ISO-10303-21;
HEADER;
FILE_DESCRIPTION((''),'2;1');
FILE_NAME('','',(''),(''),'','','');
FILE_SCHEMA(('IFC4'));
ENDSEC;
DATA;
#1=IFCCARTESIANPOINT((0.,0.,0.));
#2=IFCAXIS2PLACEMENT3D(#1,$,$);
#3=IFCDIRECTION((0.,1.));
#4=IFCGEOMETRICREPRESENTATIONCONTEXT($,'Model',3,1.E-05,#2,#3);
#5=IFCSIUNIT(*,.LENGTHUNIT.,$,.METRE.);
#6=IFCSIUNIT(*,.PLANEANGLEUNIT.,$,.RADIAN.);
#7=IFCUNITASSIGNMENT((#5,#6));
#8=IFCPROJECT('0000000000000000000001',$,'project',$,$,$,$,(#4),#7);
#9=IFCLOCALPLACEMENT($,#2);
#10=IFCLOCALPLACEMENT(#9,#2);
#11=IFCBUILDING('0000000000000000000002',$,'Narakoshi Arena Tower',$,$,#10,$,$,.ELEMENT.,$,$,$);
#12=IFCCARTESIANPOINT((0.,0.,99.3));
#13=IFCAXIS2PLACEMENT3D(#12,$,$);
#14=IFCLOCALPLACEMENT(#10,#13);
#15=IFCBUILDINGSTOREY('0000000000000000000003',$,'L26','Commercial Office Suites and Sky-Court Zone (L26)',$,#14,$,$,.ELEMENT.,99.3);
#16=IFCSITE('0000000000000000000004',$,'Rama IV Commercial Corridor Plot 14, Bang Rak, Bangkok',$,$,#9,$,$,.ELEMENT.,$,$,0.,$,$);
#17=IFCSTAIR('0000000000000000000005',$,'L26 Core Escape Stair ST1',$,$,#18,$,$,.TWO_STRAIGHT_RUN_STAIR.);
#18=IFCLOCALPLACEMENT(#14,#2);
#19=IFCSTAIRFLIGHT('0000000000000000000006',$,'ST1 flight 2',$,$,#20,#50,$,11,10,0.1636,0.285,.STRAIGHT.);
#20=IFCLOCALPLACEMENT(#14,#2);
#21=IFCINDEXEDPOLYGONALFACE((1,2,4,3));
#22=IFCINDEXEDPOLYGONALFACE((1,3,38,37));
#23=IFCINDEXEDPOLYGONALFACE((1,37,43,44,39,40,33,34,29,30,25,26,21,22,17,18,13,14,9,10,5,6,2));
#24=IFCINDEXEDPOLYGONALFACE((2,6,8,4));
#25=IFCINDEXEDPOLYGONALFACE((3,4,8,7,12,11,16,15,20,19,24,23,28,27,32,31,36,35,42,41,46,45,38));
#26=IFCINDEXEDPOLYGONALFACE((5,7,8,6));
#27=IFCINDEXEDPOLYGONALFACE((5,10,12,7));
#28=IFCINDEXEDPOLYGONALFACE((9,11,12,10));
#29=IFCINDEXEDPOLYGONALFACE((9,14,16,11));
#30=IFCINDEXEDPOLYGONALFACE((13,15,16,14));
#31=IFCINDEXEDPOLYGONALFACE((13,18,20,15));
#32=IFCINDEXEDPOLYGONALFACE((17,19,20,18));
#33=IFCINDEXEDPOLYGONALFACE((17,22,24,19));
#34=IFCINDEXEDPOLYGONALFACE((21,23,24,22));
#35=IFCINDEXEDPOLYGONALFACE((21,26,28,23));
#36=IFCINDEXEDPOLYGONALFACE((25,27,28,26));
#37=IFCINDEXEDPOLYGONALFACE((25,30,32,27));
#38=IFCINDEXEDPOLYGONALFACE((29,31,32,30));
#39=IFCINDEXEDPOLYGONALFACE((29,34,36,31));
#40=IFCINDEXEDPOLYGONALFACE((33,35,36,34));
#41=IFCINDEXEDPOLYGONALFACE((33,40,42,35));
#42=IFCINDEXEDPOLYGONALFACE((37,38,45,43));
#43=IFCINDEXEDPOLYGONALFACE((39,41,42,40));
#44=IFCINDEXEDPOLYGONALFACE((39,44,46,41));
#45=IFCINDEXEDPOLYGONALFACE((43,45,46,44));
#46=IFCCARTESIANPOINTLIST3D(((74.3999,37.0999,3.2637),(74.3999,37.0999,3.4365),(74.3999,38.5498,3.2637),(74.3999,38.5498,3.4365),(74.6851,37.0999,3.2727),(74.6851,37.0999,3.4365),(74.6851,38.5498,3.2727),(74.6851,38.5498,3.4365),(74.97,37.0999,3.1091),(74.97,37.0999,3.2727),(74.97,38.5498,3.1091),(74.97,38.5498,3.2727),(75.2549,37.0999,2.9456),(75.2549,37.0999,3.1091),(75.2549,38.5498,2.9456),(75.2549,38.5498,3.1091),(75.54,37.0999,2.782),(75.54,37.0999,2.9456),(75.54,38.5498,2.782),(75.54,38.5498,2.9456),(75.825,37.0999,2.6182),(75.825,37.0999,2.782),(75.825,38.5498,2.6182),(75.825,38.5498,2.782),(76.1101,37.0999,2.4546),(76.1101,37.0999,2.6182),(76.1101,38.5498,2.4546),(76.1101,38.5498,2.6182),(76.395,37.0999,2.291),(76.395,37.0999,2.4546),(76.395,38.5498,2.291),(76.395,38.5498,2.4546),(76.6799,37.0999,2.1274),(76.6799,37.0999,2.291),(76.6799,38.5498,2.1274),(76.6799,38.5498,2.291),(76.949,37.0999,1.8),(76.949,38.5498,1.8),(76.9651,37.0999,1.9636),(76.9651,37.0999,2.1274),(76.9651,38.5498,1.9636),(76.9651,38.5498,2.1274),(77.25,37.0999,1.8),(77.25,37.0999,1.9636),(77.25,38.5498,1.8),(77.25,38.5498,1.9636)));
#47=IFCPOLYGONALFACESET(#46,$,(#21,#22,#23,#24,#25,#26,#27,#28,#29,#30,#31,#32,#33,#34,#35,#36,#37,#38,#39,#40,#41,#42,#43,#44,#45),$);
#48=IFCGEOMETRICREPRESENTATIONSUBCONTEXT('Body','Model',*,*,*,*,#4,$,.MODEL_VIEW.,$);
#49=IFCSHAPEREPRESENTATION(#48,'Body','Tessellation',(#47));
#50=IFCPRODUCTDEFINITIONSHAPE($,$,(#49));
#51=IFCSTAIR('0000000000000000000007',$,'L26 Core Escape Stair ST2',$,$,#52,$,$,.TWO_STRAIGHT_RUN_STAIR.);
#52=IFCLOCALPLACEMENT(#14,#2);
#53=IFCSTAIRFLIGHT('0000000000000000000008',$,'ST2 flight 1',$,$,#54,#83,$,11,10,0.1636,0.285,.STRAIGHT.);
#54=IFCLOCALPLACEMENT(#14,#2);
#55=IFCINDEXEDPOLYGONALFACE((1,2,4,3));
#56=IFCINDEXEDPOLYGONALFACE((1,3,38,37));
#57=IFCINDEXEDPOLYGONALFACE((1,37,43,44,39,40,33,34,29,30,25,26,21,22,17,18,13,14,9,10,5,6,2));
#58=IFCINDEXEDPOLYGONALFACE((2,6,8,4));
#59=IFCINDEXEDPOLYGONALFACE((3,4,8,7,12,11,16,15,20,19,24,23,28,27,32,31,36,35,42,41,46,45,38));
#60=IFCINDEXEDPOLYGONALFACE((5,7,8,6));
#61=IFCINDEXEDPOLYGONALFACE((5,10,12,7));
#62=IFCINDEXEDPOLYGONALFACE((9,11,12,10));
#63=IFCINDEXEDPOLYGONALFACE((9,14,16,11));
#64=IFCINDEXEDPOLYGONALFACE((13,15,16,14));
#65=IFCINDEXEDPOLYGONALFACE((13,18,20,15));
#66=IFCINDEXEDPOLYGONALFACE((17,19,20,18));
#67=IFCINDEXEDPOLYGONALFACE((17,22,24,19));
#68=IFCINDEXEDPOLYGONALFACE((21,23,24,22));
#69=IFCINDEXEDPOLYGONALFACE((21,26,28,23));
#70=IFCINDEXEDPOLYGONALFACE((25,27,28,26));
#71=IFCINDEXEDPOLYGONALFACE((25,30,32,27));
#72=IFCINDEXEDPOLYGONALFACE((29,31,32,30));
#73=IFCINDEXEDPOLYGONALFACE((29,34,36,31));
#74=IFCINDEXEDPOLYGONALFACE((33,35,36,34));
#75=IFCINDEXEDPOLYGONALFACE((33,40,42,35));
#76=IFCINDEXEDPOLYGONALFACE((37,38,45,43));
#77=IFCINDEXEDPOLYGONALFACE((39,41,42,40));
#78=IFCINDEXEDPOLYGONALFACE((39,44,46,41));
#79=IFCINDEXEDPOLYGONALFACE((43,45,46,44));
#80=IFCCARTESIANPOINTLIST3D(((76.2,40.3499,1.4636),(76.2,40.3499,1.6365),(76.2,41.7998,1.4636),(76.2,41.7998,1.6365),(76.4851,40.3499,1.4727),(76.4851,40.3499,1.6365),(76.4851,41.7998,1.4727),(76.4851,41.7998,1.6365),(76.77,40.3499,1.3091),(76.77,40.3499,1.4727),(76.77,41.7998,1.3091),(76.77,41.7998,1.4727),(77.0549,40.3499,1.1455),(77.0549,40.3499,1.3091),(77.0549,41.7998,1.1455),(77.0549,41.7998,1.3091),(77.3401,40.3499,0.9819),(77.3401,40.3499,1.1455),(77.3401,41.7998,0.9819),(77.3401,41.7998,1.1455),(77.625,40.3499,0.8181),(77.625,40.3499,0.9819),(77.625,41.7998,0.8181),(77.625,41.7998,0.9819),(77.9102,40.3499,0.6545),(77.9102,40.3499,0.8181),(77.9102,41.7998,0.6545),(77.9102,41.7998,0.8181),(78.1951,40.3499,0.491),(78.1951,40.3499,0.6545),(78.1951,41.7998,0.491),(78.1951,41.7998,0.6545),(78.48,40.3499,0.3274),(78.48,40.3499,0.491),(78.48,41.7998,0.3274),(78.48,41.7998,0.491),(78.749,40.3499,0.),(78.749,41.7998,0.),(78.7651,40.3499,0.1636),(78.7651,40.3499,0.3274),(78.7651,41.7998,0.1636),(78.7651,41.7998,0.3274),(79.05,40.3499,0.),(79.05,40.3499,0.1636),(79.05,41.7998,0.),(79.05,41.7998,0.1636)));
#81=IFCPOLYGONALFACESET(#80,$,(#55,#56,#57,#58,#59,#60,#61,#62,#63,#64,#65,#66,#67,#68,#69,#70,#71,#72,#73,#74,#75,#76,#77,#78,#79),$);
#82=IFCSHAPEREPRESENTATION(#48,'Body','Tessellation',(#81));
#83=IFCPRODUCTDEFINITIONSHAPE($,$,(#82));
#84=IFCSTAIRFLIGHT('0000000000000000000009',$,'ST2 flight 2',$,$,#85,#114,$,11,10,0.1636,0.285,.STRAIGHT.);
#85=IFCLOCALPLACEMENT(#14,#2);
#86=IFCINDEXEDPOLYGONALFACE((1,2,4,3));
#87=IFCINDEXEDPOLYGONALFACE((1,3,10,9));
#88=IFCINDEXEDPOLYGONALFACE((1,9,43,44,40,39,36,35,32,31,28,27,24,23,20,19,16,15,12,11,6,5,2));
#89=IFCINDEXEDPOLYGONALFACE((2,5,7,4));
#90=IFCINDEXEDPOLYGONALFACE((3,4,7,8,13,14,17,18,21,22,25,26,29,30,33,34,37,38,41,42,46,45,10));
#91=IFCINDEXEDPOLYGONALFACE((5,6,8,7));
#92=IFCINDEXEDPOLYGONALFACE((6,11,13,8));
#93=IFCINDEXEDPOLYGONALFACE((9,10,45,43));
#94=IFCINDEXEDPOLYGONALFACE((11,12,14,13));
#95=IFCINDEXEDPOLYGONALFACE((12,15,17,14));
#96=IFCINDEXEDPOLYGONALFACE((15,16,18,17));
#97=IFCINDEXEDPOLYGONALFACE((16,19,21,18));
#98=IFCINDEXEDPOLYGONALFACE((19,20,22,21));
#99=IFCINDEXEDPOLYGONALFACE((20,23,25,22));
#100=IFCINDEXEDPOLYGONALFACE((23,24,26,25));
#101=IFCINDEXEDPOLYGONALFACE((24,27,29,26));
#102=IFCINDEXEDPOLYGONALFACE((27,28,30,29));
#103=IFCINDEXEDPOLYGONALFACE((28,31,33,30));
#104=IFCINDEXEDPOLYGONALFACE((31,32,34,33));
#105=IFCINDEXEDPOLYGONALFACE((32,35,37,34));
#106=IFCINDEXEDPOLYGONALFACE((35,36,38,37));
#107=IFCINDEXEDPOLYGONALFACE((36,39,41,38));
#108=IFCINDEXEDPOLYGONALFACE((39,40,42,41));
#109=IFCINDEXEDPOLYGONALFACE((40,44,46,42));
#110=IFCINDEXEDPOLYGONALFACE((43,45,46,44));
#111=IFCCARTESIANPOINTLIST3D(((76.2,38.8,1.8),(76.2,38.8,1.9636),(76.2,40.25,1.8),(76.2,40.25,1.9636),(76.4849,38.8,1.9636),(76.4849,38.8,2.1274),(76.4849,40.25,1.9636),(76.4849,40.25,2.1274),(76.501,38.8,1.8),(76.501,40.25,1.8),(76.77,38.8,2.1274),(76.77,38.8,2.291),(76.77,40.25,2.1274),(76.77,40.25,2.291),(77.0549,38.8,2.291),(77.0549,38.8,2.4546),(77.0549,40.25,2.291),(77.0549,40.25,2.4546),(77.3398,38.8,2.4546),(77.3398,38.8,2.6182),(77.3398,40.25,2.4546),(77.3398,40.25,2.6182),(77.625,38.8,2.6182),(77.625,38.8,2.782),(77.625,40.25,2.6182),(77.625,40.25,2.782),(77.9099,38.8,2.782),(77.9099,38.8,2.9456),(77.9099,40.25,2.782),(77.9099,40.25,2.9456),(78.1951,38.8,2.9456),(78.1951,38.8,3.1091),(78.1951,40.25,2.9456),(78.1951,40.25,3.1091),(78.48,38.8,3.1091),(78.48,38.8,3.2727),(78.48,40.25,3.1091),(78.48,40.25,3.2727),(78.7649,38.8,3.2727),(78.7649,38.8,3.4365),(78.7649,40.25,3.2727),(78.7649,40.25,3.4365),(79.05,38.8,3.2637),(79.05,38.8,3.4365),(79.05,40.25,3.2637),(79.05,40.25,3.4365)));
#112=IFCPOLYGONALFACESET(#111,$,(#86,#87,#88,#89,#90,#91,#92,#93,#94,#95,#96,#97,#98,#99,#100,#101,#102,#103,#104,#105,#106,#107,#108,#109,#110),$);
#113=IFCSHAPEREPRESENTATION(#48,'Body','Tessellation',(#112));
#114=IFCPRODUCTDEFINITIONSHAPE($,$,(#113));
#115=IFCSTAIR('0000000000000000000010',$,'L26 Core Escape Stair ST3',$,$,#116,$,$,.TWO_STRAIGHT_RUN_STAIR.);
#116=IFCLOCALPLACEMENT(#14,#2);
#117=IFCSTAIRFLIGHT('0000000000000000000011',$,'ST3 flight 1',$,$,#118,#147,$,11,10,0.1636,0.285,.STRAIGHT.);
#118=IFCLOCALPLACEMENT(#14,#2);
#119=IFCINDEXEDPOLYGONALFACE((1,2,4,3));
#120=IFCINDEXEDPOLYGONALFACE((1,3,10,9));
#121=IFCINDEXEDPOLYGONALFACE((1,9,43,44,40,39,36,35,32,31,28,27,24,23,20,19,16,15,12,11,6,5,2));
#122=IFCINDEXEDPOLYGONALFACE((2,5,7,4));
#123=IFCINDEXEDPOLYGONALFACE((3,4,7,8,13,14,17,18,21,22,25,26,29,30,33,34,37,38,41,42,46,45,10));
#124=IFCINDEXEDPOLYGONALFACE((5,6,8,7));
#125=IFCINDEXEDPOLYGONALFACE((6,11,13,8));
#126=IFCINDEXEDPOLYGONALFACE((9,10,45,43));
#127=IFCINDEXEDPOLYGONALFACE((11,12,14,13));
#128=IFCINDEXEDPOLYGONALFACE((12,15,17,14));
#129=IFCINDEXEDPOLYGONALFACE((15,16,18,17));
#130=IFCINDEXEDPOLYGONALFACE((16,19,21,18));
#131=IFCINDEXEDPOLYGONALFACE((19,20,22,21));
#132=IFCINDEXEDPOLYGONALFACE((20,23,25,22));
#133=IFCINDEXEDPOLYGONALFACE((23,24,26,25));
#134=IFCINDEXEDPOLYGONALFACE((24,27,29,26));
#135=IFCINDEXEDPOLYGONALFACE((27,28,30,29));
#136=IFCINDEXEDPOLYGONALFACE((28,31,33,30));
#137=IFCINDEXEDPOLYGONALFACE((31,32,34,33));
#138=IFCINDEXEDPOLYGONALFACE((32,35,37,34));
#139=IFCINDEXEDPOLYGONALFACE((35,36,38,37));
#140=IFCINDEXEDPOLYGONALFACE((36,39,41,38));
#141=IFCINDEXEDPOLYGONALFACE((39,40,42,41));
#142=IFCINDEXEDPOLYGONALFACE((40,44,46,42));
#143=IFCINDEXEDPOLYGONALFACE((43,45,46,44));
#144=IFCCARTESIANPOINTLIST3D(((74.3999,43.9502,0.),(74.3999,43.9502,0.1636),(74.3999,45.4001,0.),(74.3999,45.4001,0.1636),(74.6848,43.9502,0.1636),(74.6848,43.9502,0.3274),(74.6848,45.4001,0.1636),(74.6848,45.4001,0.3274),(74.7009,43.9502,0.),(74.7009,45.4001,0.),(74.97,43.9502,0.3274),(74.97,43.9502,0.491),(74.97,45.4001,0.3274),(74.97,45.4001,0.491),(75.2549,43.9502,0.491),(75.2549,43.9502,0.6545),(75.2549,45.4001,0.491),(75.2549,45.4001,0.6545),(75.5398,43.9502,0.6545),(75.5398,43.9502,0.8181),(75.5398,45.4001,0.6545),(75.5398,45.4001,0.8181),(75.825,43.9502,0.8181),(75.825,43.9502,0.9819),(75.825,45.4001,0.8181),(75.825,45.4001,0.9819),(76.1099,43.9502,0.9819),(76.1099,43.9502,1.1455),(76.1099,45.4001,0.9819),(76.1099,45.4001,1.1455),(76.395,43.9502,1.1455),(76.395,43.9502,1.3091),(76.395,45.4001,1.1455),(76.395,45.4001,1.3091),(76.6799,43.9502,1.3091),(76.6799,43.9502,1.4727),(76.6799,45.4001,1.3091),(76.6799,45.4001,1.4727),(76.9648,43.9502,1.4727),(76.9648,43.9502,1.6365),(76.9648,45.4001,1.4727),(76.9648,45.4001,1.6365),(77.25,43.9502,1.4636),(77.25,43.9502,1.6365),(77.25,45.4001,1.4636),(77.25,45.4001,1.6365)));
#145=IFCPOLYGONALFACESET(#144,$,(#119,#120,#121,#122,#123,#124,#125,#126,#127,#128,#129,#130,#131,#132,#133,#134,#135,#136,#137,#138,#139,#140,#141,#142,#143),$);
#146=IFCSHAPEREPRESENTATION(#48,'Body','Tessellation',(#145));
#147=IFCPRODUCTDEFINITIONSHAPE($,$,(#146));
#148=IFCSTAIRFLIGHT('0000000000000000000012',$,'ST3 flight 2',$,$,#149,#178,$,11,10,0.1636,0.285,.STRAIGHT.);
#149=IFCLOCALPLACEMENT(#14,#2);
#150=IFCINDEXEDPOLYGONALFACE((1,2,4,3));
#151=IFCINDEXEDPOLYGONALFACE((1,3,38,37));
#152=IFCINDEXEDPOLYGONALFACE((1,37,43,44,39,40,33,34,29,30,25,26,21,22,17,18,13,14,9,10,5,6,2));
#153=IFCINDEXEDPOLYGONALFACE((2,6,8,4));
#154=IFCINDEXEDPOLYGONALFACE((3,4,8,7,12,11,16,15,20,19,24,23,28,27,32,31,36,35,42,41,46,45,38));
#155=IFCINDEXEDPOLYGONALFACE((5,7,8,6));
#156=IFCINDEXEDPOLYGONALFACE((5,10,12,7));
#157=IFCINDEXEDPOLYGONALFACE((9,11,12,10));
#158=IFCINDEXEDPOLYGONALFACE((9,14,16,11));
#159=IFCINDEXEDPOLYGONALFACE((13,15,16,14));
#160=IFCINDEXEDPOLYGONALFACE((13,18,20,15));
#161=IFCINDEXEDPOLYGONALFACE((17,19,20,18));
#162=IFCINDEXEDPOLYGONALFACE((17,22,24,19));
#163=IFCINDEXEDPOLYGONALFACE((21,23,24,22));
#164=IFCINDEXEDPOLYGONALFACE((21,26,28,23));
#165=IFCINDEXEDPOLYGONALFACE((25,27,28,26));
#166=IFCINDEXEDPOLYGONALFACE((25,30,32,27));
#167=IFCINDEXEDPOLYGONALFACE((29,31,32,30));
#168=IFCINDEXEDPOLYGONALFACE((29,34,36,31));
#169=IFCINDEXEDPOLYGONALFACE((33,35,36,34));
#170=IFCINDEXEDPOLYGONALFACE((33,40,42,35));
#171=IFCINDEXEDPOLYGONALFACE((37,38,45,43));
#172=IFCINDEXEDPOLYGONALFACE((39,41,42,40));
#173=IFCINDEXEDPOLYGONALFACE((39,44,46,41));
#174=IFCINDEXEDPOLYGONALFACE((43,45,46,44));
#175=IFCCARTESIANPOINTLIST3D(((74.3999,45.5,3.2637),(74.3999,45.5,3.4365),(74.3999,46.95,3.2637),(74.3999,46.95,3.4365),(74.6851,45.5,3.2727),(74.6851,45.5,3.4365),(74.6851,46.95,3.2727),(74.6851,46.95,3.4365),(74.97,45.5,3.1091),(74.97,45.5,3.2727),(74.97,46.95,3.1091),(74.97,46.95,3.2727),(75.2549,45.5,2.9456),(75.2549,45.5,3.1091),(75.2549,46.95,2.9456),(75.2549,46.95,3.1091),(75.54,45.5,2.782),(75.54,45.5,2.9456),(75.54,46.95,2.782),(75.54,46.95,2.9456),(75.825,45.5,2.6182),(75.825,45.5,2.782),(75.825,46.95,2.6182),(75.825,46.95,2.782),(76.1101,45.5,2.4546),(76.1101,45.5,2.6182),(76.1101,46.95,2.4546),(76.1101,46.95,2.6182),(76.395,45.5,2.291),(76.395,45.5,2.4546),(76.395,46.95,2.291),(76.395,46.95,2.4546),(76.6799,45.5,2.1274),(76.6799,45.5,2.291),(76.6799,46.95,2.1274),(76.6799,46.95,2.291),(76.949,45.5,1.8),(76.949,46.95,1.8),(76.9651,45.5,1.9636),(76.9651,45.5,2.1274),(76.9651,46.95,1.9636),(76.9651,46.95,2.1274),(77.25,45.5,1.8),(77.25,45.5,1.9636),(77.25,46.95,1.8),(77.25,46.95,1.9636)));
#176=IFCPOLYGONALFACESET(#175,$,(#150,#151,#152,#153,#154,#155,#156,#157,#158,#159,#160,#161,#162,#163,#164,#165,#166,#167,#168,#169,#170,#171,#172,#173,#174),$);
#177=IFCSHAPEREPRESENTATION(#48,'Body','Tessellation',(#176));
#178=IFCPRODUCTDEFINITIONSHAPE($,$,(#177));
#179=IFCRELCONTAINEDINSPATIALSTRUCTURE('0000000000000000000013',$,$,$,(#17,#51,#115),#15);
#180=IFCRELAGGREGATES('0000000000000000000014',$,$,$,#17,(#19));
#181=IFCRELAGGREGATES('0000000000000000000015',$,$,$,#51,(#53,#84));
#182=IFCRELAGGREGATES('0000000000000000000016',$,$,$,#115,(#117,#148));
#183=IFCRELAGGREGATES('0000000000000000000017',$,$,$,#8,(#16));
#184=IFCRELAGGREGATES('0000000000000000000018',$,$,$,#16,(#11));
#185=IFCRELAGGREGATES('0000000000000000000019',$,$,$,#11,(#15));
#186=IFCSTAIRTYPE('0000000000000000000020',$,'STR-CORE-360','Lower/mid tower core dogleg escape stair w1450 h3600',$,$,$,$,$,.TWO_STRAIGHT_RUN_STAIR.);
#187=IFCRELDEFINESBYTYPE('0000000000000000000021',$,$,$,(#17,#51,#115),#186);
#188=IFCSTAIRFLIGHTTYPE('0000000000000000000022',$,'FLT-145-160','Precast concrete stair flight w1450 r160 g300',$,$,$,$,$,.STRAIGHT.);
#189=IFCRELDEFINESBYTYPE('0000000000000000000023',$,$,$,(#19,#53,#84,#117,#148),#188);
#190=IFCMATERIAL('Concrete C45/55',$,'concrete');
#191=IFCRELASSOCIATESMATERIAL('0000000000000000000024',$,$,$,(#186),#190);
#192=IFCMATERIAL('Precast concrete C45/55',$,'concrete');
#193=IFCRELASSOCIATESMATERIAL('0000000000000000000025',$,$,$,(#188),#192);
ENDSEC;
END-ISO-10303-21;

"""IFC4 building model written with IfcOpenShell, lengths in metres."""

from ifc_helpers import new_model, si_unit, direction, frame, origin, place, context, subcontext, project, spatial, polyline, outline, extrude, material, type_object, element, aggregate, save


model = new_model("IFC4")

# Units and contexts
model_context = context("Model", 3, precision=1e-05, world=origin(), true_north=direction((0.0, 1.0)))
body_context = subcontext(model_context, "Body", "Model", "MODEL_VIEW")
ifc_project = project(units=[si_unit("LENGTHUNIT", "METRE"), si_unit("PLANEANGLEUNIT", "RADIAN")], contexts=[model_context])

# Site, building, storey
site_placement = place(None, origin())
site = spatial("IfcSite", under=ifc_project, at=site_placement, Name="Rama IV Commercial Corridor Plot 14, Bang Rak, Bangkok", CompositionType="ELEMENT", RefElevation=0.0)
building_placement = place(site_placement, origin())
building = spatial("IfcBuilding", under=site, at=building_placement, Name="Narakoshi Arena Tower", CompositionType="ELEMENT")
storey_placement = place(building_placement, frame((0.0, 0.0, 99.3)))
storey = spatial("IfcBuildingStorey", under=building, at=storey_placement, Name="L26", Description="Commercial Office Suites and Sky-Court Zone (L26)", CompositionType="ELEMENT", Elevation=99.3)

# Stairs, stair flights
ifc_material_1 = material(Name="Concrete C45/55", Category="concrete")
stair_type = type_object("IfcStairType", Name="STR-CORE-360", Description="Lower/mid tower core dogleg escape stair w1450 h3600", PredefinedType="TWO_STRAIGHT_RUN_STAIR", material=ifc_material_1)
stair_1_placement = place(storey_placement, origin())
stair_1 = element("IfcStair", 1, at=stair_1_placement, inside=storey, type_object=stair_type, Name="L26 Core Escape Stair ST1", PredefinedType="TWO_STRAIGHT_RUN_STAIR")
ifc_material_2 = material(Name="Precast concrete C45/55", Category="concrete")
stair_flight_type = type_object("IfcStairFlightType", Name="FLT-145-160", Description="Precast concrete stair flight w1450 r160 g300", PredefinedType="STRAIGHT", material=ifc_material_2)
stair_flight_1_placement = place(storey_placement, frame((77.25, 37.825, 1.8), z_axis=(0.0, 0.0, 1.0), x_axis=(-1.0, 0.0, 0.0)))
stair_flight_1 = element("IfcStairFlight", 2, at=stair_flight_1_placement, type_object=stair_flight_type, Name="ST1 flight 2", NumberOfRisers=11, NumberOfTreads=10, PredefinedType="STRAIGHT", RiserHeight=0.1636, TreadLength=0.285, context=body_context, shape_type="SweptSolid", body=[
    extrude(outline(polyline([(0.0, 0.0), (0.0, 0.1636), (0.2849, 0.1636), (0.2849, 0.3274), (0.5701, 0.3274), (0.5701, 0.491), (0.855, 0.491), (0.855, 0.6545), (1.1399, 0.6545), (1.1399, 0.8181), (1.425, 0.8181), (1.425, 0.9819), (1.71, 0.9819), (1.71, 1.1455), (1.9951, 1.1455), (1.9951, 1.3091), (2.28, 1.3091), (2.28, 1.4727), (2.5649, 1.4727), (2.5649, 1.6365), (2.8501, 1.6365), (2.8501, 1.8), (2.8501, 1.4636), (0.301, 0.0), (0.0, 0.0)])), frame((0.0, 0.7251, 0.0), z_axis=(0.0, -1.0, 0.0), x_axis=(1.0, 0.0, 0.0)), (0.0, 0.0, 1.0), 1.45),
])
aggregate(stair_1, [stair_flight_1])
stair_2_placement = place(storey_placement, origin())
stair_2 = element("IfcStair", 3, at=stair_2_placement, inside=storey, type_object=stair_type, Name="L26 Core Escape Stair ST2", PredefinedType="TWO_STRAIGHT_RUN_STAIR")
stair_flight_2_placement = place(storey_placement, frame((79.05, 41.075, 0.0), z_axis=(0.0, 0.0, 1.0), x_axis=(-1.0, 0.0, 0.0)))
stair_flight_2 = element("IfcStairFlight", 4, at=stair_flight_2_placement, type_object=stair_flight_type, Name="ST2 flight 1", NumberOfRisers=11, NumberOfTreads=10, PredefinedType="STRAIGHT", RiserHeight=0.1636, TreadLength=0.285, context=body_context, shape_type="SweptSolid", body=[
    extrude(outline(polyline([(0.0, 0.0), (0.0, 0.1636), (0.2849, 0.1636), (0.2849, 0.3274), (0.5701, 0.3274), (0.5701, 0.491), (0.855, 0.491), (0.855, 0.6545), (1.1399, 0.6545), (1.1399, 0.8181), (1.425, 0.8181), (1.425, 0.9819), (1.71, 0.9819), (1.71, 1.1455), (1.9951, 1.1455), (1.9951, 1.3091), (2.28, 1.3091), (2.28, 1.4727), (2.5649, 1.4727), (2.5649, 1.6365), (2.8501, 1.6365), (2.8501, 1.8), (2.8501, 1.4636), (0.301, 0.0), (0.0, 0.0)])), frame((0.0, 0.7251, 0.0), z_axis=(0.0, -1.0, 0.0), x_axis=(1.0, 0.0, 0.0)), (0.0, 0.0, 1.0), 1.45),
])
stair_flight_3_placement = place(storey_placement, frame((76.2, 39.5249, 1.8), z_axis=(0.0, 0.0, 1.0), x_axis=(1.0, 0.0, 0.0)))
stair_flight_3 = element("IfcStairFlight", 5, at=stair_flight_3_placement, type_object=stair_flight_type, Name="ST2 flight 2", NumberOfRisers=11, NumberOfTreads=10, PredefinedType="STRAIGHT", RiserHeight=0.1636, TreadLength=0.285, context=body_context, shape_type="SweptSolid", body=[
    extrude(outline(polyline([(0.0, 0.0), (0.0, 0.1636), (0.2849, 0.1636), (0.2849, 0.3274), (0.5701, 0.3274), (0.5701, 0.491), (0.855, 0.491), (0.855, 0.6545), (1.1399, 0.6545), (1.1399, 0.8181), (1.425, 0.8181), (1.425, 0.9819), (1.71, 0.9819), (1.71, 1.1455), (1.9951, 1.1455), (1.9951, 1.3091), (2.28, 1.3091), (2.28, 1.4727), (2.5649, 1.4727), (2.5649, 1.6365), (2.8501, 1.6365), (2.8501, 1.8), (2.8501, 1.4636), (0.301, 0.0), (0.0, 0.0)])), frame((0.0, 0.7251, 0.0), z_axis=(0.0, -1.0, 0.0), x_axis=(1.0, 0.0, 0.0)), (0.0, 0.0, 1.0), 1.45),
])
aggregate(stair_2, [stair_flight_2, stair_flight_3])
stair_3_placement = place(storey_placement, origin())
stair_3 = element("IfcStair", 6, at=stair_3_placement, inside=storey, type_object=stair_type, Name="L26 Core Escape Stair ST3", PredefinedType="TWO_STRAIGHT_RUN_STAIR")
stair_flight_4_placement = place(storey_placement, frame((74.3999, 44.675, 0.0), z_axis=(0.0, 0.0, 1.0), x_axis=(1.0, 0.0, 0.0)))
stair_flight_4 = element("IfcStairFlight", 7, at=stair_flight_4_placement, type_object=stair_flight_type, Name="ST3 flight 1", NumberOfRisers=11, NumberOfTreads=10, PredefinedType="STRAIGHT", RiserHeight=0.1636, TreadLength=0.285, context=body_context, shape_type="SweptSolid", body=[
    extrude(outline(polyline([(0.0, 0.0), (0.0, 0.1636), (0.2849, 0.1636), (0.2849, 0.3274), (0.5701, 0.3274), (0.5701, 0.491), (0.855, 0.491), (0.855, 0.6545), (1.1399, 0.6545), (1.1399, 0.8181), (1.425, 0.8181), (1.425, 0.9819), (1.71, 0.9819), (1.71, 1.1455), (1.9951, 1.1455), (1.9951, 1.3091), (2.28, 1.3091), (2.28, 1.4727), (2.5649, 1.4727), (2.5649, 1.6365), (2.8501, 1.6365), (2.8501, 1.8), (2.8501, 1.4636), (0.301, 0.0), (0.0, 0.0)])), frame((0.0, 0.7251, 0.0), z_axis=(0.0, -1.0, 0.0), x_axis=(1.0, 0.0, 0.0)), (0.0, 0.0, 1.0), 1.45),
])
stair_flight_5_placement = place(storey_placement, frame((77.25, 46.2251, 1.8), z_axis=(0.0, 0.0, 1.0), x_axis=(-1.0, 0.0, 0.0)))
stair_flight_5 = element("IfcStairFlight", 8, at=stair_flight_5_placement, type_object=stair_flight_type, Name="ST3 flight 2", NumberOfRisers=11, NumberOfTreads=10, PredefinedType="STRAIGHT", RiserHeight=0.1636, TreadLength=0.285, context=body_context, shape_type="SweptSolid", body=[
    extrude(outline(polyline([(0.0, 0.0), (0.0, 0.1636), (0.2849, 0.1636), (0.2849, 0.3274), (0.5701, 0.3274), (0.5701, 0.491), (0.855, 0.491), (0.855, 0.6545), (1.1399, 0.6545), (1.1399, 0.8181), (1.425, 0.8181), (1.425, 0.9819), (1.71, 0.9819), (1.71, 1.1455), (1.9951, 1.1455), (1.9951, 1.3091), (2.28, 1.3091), (2.28, 1.4727), (2.5649, 1.4727), (2.5649, 1.6365), (2.8501, 1.6365), (2.8501, 1.8), (2.8501, 1.4636), (0.301, 0.0), (0.0, 0.0)])), frame((0.0, 0.7251, 0.0), z_axis=(0.0, -1.0, 0.0), x_axis=(1.0, 0.0, 0.0)), (0.0, 0.0, 1.0), 1.45),
])
aggregate(stair_3, [stair_flight_4, stair_flight_5])

save(model, "model.ifc")
